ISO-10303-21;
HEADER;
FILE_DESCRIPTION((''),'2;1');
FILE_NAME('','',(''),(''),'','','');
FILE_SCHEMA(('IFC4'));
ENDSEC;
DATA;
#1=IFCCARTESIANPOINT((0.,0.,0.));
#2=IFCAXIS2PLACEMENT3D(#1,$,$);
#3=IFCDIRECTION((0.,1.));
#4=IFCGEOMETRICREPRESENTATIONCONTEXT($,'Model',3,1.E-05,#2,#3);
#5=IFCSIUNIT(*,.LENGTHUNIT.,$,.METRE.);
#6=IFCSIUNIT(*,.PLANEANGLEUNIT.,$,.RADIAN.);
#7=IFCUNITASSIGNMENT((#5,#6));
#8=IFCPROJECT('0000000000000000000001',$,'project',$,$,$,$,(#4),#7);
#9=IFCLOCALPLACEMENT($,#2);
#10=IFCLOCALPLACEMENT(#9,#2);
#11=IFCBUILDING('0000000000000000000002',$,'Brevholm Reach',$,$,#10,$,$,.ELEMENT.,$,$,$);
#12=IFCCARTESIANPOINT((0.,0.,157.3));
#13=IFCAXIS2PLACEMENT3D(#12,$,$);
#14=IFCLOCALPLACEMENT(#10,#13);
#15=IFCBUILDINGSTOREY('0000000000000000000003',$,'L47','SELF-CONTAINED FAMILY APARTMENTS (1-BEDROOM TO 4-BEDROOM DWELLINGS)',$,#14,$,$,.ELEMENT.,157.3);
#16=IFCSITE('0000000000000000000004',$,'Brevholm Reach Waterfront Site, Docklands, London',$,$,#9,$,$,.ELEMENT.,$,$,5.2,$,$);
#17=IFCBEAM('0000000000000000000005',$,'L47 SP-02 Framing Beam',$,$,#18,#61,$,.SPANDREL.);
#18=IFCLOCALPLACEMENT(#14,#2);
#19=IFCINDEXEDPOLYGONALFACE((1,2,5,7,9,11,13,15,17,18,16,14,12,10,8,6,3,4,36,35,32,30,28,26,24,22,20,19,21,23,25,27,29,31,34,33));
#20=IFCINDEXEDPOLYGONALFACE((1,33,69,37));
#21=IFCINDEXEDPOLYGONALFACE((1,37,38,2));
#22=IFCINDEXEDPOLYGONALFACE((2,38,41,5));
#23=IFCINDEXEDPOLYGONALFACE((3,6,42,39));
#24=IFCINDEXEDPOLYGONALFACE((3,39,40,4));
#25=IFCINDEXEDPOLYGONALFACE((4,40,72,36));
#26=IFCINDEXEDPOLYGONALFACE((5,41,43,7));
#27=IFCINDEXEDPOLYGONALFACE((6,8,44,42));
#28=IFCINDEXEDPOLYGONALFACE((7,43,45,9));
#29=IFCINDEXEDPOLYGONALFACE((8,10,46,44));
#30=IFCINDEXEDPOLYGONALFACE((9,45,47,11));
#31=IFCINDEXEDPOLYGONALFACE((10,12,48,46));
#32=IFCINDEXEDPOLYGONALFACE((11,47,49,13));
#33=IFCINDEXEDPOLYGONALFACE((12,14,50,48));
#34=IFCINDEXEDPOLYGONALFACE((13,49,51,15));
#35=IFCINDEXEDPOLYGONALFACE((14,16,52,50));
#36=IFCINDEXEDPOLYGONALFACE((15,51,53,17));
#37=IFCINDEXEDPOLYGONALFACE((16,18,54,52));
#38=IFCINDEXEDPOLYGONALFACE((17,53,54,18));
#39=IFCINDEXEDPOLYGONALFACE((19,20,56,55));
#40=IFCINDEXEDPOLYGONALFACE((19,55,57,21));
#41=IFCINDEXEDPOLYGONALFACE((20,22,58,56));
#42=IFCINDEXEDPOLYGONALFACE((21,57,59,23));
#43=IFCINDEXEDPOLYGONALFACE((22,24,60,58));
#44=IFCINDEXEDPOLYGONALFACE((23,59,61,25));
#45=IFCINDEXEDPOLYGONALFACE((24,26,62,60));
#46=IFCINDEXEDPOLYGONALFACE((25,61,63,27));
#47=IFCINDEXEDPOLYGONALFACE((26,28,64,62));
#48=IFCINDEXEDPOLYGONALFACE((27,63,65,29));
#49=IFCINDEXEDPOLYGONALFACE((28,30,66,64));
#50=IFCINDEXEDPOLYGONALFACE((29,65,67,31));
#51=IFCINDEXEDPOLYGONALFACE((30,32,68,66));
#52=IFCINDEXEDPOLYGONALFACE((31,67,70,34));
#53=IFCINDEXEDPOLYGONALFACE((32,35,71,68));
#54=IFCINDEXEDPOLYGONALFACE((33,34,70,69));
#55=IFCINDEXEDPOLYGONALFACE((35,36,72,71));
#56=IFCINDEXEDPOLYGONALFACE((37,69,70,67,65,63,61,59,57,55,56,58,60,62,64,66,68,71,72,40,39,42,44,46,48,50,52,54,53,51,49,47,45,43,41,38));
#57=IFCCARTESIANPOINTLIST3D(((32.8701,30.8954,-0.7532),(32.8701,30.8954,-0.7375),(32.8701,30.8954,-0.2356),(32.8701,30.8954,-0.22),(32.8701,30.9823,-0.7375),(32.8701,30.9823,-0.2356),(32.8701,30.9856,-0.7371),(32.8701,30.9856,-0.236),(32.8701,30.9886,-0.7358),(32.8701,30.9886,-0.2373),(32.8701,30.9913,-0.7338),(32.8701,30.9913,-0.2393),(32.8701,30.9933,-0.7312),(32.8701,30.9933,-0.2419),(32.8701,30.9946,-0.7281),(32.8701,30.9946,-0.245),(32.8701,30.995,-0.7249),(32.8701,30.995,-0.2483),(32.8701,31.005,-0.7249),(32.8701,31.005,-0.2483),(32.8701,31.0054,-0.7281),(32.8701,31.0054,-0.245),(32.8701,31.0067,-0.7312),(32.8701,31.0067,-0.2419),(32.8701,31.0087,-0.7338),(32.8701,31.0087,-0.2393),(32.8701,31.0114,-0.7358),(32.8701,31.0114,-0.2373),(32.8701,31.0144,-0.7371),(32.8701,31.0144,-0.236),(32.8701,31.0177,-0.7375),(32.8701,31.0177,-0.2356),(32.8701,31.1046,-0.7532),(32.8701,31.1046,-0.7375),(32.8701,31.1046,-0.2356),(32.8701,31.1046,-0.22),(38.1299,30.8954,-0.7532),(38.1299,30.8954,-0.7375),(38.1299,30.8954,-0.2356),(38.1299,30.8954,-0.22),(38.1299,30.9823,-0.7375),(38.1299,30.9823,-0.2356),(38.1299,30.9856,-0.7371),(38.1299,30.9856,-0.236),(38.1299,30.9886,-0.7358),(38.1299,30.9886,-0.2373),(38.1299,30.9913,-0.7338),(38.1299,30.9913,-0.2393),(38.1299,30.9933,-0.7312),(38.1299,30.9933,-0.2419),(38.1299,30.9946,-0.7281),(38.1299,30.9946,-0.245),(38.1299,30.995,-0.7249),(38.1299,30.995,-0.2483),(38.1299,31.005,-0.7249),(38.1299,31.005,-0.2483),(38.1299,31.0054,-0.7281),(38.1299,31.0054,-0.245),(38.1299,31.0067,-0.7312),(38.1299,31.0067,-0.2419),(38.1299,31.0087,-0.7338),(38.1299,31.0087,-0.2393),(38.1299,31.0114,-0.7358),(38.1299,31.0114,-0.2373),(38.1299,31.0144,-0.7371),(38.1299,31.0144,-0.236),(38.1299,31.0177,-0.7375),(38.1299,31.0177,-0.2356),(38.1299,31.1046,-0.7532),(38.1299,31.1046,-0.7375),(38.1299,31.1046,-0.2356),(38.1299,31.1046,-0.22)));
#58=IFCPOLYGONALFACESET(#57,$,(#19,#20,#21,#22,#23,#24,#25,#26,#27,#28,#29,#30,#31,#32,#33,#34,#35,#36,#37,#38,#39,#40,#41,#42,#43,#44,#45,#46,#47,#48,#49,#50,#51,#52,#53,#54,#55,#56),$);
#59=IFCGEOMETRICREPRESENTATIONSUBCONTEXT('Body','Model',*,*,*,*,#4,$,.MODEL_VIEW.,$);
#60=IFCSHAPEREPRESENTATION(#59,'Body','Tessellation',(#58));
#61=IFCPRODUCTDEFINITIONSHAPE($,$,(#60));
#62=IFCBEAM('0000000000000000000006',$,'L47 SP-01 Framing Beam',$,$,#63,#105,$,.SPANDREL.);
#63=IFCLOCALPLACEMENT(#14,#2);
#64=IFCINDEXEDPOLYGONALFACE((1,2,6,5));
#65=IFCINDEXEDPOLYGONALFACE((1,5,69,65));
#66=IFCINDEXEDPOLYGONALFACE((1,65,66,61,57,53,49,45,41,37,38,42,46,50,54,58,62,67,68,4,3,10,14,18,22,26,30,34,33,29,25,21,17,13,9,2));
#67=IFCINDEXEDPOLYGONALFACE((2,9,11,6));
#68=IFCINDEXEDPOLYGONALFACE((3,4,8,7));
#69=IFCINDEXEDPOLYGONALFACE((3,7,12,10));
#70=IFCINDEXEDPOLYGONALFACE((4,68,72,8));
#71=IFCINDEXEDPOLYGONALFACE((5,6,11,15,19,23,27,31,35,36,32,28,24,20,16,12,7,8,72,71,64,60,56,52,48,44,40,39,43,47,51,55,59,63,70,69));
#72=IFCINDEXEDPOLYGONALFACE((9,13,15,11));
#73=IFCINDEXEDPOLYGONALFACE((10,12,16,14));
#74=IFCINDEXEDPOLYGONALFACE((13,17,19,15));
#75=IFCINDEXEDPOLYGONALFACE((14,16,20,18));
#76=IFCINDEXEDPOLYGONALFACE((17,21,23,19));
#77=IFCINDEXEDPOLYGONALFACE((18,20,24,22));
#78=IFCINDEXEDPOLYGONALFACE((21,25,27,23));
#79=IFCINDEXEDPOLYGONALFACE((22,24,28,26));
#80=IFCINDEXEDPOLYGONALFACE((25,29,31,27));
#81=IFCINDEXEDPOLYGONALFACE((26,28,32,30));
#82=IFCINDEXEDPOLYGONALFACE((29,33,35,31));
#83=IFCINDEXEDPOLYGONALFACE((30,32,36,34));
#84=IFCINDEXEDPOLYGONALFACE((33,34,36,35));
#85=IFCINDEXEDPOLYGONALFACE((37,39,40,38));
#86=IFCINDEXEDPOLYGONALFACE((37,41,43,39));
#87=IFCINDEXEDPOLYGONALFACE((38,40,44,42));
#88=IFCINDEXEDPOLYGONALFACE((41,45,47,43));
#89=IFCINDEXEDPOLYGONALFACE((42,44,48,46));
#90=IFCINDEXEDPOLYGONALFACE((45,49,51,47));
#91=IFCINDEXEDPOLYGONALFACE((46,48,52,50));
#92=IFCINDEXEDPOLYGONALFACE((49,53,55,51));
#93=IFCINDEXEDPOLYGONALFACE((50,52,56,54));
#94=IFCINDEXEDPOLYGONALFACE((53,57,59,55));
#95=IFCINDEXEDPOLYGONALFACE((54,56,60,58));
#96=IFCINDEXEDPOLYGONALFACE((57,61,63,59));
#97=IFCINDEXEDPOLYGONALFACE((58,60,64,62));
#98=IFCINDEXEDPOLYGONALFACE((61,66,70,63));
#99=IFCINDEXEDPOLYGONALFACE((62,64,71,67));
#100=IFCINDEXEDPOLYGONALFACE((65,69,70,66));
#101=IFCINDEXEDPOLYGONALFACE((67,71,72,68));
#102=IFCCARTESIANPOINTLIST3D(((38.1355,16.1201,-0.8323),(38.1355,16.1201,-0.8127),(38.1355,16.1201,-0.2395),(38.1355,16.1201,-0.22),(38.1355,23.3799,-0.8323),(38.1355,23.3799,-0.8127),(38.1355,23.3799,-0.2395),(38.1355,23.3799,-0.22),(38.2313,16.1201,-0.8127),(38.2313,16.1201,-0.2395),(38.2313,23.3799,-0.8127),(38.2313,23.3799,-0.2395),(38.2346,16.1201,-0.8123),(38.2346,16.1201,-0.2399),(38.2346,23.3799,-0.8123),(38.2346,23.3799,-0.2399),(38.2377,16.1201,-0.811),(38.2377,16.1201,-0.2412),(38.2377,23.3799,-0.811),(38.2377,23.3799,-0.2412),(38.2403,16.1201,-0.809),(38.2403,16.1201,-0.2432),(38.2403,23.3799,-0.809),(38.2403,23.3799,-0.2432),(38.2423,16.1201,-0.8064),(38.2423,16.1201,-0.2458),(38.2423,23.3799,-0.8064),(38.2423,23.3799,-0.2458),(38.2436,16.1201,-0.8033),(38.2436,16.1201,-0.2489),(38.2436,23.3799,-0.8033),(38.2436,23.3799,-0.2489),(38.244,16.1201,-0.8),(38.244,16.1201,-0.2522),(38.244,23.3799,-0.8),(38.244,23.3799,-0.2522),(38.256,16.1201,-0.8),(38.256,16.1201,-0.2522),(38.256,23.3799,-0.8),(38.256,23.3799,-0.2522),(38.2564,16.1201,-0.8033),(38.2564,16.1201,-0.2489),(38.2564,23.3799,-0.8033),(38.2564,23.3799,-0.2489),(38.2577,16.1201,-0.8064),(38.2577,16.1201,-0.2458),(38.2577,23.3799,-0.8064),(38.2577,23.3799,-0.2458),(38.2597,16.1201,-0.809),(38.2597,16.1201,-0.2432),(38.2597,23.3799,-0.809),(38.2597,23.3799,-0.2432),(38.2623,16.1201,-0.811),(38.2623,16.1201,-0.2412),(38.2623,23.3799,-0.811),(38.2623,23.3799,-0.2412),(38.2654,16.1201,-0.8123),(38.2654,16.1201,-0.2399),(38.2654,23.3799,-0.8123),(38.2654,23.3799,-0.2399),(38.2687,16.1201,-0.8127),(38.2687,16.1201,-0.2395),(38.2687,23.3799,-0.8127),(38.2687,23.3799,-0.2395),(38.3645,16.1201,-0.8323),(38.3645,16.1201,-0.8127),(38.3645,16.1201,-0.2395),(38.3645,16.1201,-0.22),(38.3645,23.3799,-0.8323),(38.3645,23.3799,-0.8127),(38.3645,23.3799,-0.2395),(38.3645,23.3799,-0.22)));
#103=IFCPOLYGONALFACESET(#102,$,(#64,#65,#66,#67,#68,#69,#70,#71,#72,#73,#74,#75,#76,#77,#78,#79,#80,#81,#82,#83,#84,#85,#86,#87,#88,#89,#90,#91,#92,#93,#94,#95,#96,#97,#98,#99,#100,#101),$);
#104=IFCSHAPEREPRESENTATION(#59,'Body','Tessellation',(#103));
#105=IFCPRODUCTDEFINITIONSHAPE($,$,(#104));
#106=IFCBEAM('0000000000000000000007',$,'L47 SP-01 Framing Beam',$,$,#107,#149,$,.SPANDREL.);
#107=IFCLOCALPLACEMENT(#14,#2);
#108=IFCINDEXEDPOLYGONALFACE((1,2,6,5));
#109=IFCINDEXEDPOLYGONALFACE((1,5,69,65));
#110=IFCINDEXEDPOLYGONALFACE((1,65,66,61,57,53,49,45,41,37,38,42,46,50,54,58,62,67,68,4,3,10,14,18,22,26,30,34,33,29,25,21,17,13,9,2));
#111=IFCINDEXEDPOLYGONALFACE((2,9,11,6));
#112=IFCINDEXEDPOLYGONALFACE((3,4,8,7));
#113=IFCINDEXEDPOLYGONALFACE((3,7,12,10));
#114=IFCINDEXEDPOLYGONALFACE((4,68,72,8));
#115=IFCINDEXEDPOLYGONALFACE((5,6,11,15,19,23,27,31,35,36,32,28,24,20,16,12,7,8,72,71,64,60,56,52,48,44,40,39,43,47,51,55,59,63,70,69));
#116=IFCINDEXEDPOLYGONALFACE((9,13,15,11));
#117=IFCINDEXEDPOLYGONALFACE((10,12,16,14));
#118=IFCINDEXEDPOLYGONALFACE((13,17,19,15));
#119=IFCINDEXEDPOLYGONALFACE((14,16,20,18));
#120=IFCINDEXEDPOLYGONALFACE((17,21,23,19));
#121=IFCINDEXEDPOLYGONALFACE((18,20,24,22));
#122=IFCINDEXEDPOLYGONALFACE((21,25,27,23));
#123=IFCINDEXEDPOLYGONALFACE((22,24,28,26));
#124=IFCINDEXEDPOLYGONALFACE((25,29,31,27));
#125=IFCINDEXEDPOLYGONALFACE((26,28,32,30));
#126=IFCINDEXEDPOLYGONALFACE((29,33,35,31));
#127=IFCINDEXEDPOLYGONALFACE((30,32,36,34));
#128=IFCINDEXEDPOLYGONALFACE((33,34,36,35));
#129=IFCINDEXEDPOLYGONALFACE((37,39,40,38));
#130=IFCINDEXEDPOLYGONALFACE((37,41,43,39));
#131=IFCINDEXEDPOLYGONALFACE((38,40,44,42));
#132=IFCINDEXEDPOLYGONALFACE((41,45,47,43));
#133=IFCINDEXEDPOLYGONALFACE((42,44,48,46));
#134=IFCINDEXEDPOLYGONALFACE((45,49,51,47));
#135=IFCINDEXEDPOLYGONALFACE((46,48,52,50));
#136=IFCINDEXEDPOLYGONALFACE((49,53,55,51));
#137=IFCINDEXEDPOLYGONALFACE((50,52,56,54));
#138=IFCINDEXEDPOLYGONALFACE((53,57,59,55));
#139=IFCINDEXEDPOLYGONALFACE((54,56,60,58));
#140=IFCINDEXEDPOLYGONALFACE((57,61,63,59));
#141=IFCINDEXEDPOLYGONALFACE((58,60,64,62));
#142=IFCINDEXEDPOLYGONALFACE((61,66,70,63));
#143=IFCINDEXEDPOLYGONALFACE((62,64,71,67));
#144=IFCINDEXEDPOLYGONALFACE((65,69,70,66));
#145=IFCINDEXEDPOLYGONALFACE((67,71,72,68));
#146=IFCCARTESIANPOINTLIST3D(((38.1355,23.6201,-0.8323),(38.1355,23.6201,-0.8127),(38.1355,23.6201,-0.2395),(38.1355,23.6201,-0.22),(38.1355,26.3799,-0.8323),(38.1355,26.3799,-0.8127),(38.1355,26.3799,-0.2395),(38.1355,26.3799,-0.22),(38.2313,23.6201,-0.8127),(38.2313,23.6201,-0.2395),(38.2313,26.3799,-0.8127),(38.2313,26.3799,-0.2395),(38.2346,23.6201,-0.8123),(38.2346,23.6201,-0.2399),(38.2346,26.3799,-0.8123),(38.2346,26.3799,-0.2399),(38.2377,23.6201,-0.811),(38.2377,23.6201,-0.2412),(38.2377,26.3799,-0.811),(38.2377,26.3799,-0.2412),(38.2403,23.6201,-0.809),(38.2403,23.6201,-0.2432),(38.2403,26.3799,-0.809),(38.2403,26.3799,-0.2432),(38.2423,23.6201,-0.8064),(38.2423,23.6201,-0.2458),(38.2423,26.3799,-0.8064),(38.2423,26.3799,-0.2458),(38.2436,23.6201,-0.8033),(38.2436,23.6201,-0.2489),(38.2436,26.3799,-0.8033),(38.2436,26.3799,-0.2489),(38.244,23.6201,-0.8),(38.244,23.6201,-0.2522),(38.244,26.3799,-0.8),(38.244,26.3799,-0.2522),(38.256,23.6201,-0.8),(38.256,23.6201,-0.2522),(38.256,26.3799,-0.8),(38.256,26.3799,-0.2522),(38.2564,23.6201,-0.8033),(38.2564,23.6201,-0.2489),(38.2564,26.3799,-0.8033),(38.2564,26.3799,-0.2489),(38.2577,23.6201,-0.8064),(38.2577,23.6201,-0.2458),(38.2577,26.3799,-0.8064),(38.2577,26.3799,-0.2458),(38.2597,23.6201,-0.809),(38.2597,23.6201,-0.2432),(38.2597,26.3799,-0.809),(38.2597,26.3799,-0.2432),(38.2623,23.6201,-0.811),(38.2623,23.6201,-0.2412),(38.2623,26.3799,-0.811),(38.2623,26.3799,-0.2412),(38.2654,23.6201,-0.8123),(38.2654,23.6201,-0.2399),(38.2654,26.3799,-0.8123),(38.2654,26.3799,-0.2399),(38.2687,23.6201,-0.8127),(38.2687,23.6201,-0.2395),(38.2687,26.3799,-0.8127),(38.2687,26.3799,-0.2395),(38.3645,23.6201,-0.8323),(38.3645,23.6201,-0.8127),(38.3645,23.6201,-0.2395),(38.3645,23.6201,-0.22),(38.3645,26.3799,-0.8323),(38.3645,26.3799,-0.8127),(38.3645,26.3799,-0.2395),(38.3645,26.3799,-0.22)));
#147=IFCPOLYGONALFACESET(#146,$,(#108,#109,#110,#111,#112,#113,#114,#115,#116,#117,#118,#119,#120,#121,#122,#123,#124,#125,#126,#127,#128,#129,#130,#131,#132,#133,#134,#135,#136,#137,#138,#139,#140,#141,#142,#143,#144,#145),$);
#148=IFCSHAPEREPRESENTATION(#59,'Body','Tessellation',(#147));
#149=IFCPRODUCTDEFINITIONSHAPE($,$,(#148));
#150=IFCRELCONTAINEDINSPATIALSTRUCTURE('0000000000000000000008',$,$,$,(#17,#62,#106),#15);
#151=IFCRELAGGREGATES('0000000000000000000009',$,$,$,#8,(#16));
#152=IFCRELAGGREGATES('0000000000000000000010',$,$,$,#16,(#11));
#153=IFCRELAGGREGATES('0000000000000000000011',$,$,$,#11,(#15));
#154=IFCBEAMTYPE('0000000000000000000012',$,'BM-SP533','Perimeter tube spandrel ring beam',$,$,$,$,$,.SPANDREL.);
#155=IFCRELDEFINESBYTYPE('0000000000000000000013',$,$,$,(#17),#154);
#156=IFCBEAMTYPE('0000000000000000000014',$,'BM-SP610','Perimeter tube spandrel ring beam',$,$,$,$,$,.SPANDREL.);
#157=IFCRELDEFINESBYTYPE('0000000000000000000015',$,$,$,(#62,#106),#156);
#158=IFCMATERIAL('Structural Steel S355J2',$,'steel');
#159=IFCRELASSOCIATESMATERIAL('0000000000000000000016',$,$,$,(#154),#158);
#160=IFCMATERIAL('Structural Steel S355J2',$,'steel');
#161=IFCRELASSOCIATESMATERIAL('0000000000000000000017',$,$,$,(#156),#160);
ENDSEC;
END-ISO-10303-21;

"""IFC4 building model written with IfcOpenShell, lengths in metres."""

from ifc_helpers import new_model, si_unit, direction, frame, origin, origin_2d, place, context, subcontext, project, spatial, i_section, extrude, material, material_profile, profile_set, type_object, element, save


model = new_model("IFC4")

# Units and contexts
model_context = context("Model", 3, precision=1e-05, world=origin(), true_north=direction((0.0, 1.0)))
body_context = subcontext(model_context, "Body", "Model", "MODEL_VIEW")
ifc_project = project(units=[si_unit("LENGTHUNIT", "METRE"), si_unit("PLANEANGLEUNIT", "RADIAN")], contexts=[model_context])

# Site, building, storey
site_placement = place(None, origin())
site = spatial("IfcSite", under=ifc_project, at=site_placement, Name="Brevholm Reach Waterfront Site, Docklands, London", CompositionType="ELEMENT", RefElevation=5.2)
building_placement = place(site_placement, origin())
building = spatial("IfcBuilding", under=site, at=building_placement, Name="Brevholm Reach", CompositionType="ELEMENT")
storey_placement = place(building_placement, frame((0.0, 0.0, 157.3)))
storey = spatial("IfcBuildingStorey", under=building, at=storey_placement, Name="L47", Description="SELF-CONTAINED FAMILY APARTMENTS (1-BEDROOM TO 4-BEDROOM DWELLINGS)", CompositionType="ELEMENT", Elevation=157.3)

# Beams
ifc_material_1 = material(Name="Structural Steel S355J2", Category="steel")
ifc_material_profile_1 = material_profile(ifc_material_1, i_section(OverallWidth=0.2092, OverallDepth=0.5332, WebThickness=0.01, FlangeThickness=0.0156, FilletRadius=0.0127, at=origin_2d()), Name="UKB 533x210x92")
ifc_profile_set_1 = profile_set([ifc_material_profile_1], Name="Structural Steel S355J2")
beam_type_1 = type_object("IfcBeamType", Name="BM-SP533", Description="Perimeter tube spandrel ring beam", PredefinedType="SPANDREL", material=ifc_profile_set_1)
beam_1_placement = place(storey_placement, frame((32.8701, 31.0, -0.4866), z_axis=(1.0, 0.0, 0.0), x_axis=(0.0, 1.0, 0.0)))
element("IfcBeam", 1, at=beam_1_placement, inside=storey, type_object=beam_type_1, Name="L47 SP-02 Framing Beam", PredefinedType="SPANDREL", context=body_context, shape_type="SweptSolid", body=[
    extrude(i_section(OverallWidth=0.2092, OverallDepth=0.5332, WebThickness=0.01, FlangeThickness=0.0156, FilletRadius=0.0127, at=origin_2d()), origin(), (0.0, 0.0, 1.0), 5.2598),
])
ifc_material_2 = material(Name="Structural Steel S355J2", Category="steel")
ifc_material_profile_2 = material_profile(ifc_material_2, i_section(OverallWidth=0.229, OverallDepth=0.6123, WebThickness=0.012, FlangeThickness=0.0195, FilletRadius=0.0127, at=origin_2d()), Name="UKB 610x229x125")
ifc_profile_set_2 = profile_set([ifc_material_profile_2], Name="Structural Steel S355J2")
beam_type_2 = type_object("IfcBeamType", Name="BM-SP610", Description="Perimeter tube spandrel ring beam", PredefinedType="SPANDREL", material=ifc_profile_set_2)
beam_2_placement = place(storey_placement, frame((38.25, 16.1201, -0.5261), z_axis=(0.0, 1.0, 0.0), x_axis=(-1.0, 0.0, 0.0)))
element("IfcBeam", 2, at=beam_2_placement, inside=storey, type_object=beam_type_2, Name="L47 SP-01 Framing Beam", PredefinedType="SPANDREL", context=body_context, shape_type="SweptSolid", body=[
    extrude(i_section(OverallWidth=0.229, OverallDepth=0.6123, WebThickness=0.012, FlangeThickness=0.0195, FilletRadius=0.0127, at=origin_2d()), origin(), (0.0, 0.0, 1.0), 7.2598),
])
beam_3_placement = place(storey_placement, frame((38.25, 23.6201, -0.5261), z_axis=(0.0, 1.0, 0.0), x_axis=(-1.0, 0.0, 0.0)))
element("IfcBeam", 3, at=beam_3_placement, inside=storey, type_object=beam_type_2, Name="L47 SP-01 Framing Beam", PredefinedType="SPANDREL", context=body_context, shape_type="SweptSolid", body=[
    extrude(i_section(OverallWidth=0.229, OverallDepth=0.6123, WebThickness=0.012, FlangeThickness=0.0195, FilletRadius=0.0127, at=origin_2d()), origin(), (0.0, 0.0, 1.0), 2.7598),
])

save(model, "model.ifc")
